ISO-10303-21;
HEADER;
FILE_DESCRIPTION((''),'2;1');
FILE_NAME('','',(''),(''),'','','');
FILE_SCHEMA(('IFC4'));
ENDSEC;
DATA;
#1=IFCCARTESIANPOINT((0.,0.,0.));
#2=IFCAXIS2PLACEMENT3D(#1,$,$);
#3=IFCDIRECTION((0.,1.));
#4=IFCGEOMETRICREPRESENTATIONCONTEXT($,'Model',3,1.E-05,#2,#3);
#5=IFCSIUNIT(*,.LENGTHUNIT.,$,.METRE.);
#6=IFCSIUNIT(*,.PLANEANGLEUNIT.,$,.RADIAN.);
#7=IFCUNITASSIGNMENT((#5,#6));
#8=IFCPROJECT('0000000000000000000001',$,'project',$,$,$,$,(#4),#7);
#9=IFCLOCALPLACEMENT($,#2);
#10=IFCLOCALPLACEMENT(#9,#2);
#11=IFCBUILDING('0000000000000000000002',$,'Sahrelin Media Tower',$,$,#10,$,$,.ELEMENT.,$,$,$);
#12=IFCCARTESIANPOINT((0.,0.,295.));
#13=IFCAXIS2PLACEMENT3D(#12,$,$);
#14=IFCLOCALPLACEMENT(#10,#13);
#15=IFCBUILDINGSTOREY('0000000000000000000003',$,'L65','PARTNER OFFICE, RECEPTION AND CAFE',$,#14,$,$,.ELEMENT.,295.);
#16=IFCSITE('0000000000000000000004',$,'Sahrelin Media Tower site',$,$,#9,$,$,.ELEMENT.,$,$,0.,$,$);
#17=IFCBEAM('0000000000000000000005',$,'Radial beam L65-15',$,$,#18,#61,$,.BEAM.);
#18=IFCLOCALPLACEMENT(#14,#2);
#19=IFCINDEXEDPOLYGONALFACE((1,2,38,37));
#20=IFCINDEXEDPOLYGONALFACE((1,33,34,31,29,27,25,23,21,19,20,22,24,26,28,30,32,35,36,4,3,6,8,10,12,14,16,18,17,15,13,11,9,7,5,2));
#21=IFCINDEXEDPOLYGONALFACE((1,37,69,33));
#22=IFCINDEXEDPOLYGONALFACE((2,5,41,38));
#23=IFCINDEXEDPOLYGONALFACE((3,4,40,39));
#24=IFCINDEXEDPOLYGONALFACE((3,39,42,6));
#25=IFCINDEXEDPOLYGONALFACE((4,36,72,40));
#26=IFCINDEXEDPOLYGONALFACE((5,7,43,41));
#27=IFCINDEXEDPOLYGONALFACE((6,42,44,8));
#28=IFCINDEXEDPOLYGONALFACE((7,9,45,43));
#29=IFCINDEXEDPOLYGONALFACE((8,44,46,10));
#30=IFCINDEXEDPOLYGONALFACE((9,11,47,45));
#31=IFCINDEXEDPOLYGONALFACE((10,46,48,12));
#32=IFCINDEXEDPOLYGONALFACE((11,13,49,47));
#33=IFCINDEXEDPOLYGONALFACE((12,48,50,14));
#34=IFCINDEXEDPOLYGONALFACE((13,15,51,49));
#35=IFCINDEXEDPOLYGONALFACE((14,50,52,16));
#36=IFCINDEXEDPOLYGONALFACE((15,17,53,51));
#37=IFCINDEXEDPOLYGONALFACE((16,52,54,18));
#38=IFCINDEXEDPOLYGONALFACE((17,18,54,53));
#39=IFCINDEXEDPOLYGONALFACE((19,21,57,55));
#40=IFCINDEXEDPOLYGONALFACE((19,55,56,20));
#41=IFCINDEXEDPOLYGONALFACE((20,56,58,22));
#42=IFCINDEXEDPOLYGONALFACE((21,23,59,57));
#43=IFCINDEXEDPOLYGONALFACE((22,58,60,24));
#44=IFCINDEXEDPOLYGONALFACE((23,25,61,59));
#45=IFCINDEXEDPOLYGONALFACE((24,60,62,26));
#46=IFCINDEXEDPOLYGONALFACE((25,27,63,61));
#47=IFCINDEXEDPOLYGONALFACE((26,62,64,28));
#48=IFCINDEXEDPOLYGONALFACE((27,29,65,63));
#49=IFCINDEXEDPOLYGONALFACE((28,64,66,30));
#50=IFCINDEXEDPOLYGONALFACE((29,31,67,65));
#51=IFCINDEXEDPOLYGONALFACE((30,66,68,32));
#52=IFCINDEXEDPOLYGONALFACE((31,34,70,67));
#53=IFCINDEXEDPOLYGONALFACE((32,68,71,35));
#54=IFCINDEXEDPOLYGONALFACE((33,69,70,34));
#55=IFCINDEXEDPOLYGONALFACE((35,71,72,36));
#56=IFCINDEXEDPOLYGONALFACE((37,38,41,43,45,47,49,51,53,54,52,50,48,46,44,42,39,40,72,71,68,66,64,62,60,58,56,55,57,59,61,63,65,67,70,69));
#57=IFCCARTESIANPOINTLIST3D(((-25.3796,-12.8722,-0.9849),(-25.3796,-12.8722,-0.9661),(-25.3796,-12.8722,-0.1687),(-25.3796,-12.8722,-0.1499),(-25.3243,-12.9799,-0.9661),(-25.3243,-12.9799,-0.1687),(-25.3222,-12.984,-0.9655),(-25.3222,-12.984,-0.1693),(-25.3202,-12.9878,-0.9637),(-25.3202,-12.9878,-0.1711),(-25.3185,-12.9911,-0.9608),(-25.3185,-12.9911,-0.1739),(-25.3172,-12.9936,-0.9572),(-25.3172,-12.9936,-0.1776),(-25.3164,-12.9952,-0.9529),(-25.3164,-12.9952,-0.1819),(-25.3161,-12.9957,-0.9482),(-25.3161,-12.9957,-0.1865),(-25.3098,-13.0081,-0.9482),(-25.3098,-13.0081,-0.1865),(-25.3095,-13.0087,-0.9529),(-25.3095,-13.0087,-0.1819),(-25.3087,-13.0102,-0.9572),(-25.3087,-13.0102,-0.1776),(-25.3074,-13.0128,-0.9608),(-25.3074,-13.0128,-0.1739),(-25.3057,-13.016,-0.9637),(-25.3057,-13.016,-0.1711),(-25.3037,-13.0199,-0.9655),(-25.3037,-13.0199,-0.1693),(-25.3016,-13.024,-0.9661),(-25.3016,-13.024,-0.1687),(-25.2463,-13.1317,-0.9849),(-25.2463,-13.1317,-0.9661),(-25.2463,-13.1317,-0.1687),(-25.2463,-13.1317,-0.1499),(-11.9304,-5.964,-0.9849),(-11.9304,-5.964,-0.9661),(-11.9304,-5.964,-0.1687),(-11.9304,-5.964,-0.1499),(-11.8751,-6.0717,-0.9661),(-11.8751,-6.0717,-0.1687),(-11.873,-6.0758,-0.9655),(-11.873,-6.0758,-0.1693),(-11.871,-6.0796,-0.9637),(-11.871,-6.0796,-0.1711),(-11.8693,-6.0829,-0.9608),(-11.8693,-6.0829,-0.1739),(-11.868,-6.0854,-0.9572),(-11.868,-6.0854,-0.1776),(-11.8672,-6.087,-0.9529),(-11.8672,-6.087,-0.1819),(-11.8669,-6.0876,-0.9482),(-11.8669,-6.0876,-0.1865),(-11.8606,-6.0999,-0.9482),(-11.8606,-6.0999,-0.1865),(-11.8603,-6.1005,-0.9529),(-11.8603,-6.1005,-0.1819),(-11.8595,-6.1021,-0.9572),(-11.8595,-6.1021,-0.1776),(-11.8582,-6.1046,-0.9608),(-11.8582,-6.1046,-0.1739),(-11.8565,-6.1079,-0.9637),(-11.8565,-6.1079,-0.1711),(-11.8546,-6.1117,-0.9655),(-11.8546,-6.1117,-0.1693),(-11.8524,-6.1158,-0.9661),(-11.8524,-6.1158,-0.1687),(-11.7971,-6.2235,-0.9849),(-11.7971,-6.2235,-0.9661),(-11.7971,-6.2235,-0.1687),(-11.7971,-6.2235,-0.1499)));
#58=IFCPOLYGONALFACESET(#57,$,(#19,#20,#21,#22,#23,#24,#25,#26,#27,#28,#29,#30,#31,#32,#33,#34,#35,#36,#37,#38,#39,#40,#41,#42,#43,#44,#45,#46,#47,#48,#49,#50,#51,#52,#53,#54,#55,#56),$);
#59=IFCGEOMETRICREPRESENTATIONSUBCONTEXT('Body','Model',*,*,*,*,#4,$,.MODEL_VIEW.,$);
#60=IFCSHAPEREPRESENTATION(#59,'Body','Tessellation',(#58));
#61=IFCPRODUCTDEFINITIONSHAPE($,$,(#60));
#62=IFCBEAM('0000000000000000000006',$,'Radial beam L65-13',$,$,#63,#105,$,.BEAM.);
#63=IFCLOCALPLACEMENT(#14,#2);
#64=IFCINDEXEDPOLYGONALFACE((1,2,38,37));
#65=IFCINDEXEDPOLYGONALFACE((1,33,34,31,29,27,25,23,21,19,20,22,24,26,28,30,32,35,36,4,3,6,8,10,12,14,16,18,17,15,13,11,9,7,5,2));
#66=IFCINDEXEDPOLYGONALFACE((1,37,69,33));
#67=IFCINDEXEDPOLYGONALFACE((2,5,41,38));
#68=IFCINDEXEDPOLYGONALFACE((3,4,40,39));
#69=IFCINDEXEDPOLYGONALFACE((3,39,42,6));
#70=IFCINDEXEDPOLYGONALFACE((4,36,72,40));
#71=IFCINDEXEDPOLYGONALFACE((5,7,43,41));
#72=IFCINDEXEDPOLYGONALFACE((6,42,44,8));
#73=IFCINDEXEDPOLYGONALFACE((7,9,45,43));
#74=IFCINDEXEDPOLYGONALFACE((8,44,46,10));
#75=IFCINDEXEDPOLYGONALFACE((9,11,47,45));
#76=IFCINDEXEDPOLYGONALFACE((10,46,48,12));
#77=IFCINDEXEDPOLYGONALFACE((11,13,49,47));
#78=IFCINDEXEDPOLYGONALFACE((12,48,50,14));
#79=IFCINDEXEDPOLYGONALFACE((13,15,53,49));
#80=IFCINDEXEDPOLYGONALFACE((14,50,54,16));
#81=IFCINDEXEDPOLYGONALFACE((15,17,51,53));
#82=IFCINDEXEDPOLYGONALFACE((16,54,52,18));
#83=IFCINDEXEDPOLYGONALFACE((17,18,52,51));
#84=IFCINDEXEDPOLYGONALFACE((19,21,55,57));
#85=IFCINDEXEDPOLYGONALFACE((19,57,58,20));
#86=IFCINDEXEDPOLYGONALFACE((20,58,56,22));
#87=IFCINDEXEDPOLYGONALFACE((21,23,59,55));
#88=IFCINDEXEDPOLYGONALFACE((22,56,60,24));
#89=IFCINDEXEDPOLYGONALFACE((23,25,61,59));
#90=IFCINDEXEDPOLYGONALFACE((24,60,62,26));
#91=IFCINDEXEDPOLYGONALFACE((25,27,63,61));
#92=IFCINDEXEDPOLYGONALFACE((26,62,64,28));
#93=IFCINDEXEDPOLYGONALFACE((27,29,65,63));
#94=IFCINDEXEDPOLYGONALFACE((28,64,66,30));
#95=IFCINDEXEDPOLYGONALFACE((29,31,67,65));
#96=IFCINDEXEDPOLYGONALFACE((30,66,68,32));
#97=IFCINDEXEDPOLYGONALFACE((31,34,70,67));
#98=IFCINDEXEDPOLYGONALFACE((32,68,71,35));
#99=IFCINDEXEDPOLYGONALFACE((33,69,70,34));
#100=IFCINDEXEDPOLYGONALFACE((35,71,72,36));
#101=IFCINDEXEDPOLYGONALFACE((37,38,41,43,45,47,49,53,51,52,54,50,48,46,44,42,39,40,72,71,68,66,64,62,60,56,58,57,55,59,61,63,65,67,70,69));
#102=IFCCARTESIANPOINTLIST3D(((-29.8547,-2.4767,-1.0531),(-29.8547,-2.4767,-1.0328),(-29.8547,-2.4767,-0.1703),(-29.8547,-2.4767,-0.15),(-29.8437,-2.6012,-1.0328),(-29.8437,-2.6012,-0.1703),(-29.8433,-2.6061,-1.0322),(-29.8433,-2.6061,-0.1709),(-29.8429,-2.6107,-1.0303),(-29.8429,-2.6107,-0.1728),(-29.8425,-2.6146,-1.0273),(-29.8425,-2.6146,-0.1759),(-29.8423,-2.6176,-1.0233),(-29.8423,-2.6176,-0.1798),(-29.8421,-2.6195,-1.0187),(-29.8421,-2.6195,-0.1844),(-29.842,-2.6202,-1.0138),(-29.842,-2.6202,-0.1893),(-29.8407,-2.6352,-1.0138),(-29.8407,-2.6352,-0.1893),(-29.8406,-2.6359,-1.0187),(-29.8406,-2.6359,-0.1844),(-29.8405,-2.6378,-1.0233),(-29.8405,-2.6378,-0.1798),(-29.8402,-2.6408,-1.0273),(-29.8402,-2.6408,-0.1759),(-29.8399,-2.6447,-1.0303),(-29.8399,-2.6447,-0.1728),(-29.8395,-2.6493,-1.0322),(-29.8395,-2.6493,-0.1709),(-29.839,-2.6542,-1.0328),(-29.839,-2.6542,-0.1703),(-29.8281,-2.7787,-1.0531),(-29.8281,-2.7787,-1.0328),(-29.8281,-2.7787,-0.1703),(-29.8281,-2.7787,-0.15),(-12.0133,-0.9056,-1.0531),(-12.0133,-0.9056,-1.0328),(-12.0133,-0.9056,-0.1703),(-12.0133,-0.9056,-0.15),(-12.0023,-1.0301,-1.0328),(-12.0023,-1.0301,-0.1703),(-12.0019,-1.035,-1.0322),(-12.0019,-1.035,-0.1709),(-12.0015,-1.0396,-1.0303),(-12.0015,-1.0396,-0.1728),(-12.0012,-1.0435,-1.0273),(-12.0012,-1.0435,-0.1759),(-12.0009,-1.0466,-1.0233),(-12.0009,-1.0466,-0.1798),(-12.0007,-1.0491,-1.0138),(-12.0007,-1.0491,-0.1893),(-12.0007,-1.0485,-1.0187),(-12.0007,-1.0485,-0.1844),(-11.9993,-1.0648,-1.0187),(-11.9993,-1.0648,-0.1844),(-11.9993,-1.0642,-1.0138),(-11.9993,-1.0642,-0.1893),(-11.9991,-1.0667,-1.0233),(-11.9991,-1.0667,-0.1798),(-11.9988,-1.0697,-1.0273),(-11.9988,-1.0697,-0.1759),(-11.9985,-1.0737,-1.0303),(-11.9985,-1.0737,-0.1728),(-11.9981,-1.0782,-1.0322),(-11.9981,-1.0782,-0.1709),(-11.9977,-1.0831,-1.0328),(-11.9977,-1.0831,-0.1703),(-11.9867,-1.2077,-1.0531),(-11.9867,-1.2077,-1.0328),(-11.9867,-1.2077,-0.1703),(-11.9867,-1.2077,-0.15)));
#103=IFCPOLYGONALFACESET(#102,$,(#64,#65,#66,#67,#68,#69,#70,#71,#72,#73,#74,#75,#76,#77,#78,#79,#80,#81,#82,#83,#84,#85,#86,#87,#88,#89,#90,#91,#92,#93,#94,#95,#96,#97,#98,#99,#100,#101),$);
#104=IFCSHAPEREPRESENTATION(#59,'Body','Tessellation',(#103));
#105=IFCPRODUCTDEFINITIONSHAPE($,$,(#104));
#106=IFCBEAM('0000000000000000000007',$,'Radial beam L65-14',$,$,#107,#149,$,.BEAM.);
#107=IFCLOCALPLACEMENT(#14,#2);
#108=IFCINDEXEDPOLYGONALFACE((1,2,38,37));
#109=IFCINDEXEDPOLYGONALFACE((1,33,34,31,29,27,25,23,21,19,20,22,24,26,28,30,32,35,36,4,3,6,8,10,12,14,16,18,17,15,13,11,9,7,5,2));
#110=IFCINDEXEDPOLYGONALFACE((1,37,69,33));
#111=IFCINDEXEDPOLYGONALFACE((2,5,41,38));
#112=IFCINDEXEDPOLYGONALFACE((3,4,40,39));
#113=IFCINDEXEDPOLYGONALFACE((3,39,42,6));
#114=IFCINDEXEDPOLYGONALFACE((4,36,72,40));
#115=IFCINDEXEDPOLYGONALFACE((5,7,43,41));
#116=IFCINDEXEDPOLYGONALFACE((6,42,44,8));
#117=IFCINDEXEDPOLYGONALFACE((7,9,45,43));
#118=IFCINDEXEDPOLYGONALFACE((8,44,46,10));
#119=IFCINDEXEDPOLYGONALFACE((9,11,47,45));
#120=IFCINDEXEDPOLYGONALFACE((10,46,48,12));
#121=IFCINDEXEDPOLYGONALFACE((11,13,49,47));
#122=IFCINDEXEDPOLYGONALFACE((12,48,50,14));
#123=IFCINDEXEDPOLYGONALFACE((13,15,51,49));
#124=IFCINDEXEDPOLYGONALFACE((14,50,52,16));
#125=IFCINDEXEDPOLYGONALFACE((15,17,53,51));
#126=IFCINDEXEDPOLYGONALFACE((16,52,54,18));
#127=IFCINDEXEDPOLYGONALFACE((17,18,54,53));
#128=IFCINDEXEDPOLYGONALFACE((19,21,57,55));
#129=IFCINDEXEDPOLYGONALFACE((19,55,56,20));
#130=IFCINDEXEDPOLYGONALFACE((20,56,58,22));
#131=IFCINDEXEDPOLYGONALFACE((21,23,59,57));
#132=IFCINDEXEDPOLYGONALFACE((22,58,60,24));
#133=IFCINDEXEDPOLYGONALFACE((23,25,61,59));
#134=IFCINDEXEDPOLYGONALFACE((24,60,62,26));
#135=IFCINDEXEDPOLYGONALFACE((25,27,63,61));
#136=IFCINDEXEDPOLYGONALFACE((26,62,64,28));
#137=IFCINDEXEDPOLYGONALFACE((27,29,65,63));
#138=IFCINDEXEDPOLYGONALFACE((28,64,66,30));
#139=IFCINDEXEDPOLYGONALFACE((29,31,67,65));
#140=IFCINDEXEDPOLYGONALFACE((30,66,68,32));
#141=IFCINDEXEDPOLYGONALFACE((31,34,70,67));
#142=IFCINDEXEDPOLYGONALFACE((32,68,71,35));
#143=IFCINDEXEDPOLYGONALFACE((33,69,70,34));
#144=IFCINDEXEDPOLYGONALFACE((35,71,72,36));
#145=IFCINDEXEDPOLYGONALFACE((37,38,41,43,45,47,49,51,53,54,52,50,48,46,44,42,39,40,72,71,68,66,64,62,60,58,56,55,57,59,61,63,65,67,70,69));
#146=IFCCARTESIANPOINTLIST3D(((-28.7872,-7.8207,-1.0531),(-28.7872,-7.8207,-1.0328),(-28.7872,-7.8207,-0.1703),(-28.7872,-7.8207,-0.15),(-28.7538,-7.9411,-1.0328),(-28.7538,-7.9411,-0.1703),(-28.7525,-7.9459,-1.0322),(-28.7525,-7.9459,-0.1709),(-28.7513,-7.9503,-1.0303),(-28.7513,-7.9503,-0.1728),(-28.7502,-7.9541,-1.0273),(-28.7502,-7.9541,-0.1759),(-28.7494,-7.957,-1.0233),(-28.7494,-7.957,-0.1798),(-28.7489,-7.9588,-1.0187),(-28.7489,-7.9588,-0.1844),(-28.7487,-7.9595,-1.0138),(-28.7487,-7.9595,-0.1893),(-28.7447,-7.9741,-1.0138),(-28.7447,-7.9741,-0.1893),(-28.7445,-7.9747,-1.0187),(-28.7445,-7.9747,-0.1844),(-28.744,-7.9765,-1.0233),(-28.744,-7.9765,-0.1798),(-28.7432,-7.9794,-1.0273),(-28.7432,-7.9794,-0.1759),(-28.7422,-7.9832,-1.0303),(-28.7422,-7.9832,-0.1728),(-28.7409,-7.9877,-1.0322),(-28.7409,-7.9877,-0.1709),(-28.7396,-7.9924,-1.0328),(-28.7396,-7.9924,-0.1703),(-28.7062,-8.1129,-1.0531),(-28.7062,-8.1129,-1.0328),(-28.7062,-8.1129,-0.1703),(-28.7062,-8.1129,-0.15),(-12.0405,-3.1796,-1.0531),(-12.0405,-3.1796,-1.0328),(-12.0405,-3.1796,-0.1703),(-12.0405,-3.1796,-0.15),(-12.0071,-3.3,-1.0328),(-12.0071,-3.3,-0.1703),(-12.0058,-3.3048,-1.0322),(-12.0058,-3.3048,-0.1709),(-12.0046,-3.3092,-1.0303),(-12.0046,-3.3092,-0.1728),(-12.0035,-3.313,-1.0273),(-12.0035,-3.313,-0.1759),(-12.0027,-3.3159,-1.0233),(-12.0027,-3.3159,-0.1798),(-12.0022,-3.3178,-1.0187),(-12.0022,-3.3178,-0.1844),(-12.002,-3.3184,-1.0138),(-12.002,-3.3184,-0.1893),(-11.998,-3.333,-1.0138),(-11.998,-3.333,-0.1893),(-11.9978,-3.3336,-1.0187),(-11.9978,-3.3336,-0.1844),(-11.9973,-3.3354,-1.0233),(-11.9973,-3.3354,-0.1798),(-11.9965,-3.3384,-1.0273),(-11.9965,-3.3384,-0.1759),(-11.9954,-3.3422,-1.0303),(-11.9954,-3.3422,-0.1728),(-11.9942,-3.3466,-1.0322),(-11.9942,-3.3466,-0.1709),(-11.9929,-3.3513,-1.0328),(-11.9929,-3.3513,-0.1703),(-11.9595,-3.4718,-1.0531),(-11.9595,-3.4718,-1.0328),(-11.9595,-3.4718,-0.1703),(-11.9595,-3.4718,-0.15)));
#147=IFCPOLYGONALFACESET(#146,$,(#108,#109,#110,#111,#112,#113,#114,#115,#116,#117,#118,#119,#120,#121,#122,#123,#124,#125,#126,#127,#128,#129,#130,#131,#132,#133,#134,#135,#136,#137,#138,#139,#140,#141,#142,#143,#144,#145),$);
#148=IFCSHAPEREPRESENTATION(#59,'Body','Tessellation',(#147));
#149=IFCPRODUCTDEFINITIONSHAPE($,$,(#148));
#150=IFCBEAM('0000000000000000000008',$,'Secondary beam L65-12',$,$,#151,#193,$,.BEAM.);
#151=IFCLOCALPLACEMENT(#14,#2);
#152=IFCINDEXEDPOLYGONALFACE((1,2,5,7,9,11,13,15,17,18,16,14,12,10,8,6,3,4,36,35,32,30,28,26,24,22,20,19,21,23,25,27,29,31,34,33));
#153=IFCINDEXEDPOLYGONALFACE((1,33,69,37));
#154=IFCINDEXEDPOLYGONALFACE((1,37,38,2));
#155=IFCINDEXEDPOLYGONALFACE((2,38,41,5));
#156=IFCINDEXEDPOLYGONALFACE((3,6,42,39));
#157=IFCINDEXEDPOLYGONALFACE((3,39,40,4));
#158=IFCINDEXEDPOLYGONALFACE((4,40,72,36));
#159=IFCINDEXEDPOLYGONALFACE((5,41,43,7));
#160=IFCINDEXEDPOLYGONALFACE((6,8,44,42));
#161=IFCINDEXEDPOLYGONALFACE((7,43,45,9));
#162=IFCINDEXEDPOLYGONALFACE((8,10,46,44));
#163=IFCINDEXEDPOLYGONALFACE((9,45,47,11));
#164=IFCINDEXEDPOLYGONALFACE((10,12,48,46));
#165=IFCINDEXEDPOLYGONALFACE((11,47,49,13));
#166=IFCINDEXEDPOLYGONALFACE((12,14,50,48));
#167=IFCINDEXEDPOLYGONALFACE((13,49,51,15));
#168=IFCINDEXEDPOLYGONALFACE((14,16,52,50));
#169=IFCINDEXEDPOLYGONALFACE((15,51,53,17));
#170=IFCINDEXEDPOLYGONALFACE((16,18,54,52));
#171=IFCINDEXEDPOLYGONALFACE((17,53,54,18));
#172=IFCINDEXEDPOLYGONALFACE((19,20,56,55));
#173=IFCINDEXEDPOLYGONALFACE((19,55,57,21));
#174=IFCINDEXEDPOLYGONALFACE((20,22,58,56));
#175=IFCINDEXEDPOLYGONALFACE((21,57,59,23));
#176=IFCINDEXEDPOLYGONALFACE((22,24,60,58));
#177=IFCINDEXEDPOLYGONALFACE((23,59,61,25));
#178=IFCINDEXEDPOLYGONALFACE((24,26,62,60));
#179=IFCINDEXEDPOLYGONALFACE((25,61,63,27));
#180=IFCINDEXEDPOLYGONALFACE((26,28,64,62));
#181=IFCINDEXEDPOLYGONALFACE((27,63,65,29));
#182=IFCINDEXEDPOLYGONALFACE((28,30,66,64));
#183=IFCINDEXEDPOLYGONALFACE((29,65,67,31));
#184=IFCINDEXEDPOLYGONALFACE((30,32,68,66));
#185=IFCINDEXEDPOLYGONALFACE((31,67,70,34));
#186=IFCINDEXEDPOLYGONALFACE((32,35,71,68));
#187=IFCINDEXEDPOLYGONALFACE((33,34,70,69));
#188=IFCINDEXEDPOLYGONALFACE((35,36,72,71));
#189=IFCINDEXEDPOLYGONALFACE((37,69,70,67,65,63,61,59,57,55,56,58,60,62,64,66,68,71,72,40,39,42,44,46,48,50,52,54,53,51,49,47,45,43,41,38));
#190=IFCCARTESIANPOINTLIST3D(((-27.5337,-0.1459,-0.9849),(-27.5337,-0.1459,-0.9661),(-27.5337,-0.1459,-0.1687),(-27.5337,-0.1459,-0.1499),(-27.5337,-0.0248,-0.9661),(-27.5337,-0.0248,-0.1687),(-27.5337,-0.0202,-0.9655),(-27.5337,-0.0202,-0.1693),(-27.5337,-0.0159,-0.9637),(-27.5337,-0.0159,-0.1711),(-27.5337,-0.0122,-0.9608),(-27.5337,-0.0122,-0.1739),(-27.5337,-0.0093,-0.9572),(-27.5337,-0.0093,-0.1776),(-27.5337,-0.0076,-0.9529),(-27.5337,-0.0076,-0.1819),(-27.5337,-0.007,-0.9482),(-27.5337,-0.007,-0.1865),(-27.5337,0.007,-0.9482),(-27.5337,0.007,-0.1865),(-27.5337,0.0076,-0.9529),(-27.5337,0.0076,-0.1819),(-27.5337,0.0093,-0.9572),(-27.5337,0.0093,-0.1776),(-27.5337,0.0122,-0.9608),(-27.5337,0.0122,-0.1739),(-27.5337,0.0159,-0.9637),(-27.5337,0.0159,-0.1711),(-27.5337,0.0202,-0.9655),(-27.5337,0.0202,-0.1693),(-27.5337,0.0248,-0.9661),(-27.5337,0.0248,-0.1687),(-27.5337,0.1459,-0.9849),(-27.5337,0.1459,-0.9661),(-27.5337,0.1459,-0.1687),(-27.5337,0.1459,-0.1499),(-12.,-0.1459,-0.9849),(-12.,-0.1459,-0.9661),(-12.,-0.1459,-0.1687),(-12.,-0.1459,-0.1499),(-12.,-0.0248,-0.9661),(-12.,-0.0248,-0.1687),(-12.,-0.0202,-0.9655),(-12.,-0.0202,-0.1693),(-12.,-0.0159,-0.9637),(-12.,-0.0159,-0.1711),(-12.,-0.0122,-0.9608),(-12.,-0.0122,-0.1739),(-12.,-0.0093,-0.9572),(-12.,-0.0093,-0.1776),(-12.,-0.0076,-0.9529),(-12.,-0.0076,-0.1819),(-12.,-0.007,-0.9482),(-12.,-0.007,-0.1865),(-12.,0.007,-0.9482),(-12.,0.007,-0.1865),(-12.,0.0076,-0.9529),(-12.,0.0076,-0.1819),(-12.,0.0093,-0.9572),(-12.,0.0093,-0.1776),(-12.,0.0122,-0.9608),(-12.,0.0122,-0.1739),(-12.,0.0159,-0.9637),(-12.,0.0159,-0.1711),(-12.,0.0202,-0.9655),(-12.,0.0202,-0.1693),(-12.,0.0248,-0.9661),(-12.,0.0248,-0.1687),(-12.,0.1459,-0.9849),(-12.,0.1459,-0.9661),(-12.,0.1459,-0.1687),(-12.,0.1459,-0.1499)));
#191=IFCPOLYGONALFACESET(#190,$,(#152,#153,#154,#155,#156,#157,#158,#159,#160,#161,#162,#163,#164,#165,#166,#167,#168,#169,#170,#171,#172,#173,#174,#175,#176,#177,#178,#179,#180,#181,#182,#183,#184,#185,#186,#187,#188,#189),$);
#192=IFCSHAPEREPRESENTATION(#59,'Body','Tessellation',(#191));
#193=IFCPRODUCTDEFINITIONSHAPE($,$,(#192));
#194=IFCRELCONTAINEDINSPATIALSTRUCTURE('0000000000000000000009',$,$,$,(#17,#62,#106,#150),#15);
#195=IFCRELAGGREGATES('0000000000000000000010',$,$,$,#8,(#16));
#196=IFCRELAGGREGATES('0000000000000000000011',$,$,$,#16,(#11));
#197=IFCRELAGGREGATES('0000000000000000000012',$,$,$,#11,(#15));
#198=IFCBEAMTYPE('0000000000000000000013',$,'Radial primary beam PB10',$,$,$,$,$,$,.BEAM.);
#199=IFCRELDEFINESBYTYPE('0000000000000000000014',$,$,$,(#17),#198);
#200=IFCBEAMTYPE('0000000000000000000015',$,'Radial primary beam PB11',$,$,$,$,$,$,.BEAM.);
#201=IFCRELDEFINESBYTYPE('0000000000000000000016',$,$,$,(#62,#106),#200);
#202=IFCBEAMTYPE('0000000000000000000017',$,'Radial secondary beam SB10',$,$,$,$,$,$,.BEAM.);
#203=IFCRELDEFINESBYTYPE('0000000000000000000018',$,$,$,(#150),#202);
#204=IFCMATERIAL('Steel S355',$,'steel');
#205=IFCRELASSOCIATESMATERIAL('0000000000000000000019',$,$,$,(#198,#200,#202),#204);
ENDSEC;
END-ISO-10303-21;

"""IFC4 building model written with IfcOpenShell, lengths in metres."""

from ifc_helpers import new_model, si_unit, direction, frame, origin, origin_2d, place, context, subcontext, project, spatial, i_section, extrude, material, material_profile, profile_set, type_object, element, save


model = new_model("IFC4")

# Units and contexts
model_context = context("Model", 3, precision=1e-05, world=origin(), true_north=direction((0.0, 1.0)))
body_context = subcontext(model_context, "Body", "Model", "MODEL_VIEW")
ifc_project = project(units=[si_unit("LENGTHUNIT", "METRE"), si_unit("PLANEANGLEUNIT", "RADIAN")], contexts=[model_context])

# Site, building, storey
site_placement = place(None, origin())
site = spatial("IfcSite", under=ifc_project, at=site_placement, Name="Sahrelin Media Tower site", CompositionType="ELEMENT", RefElevation=0.0)
building_placement = place(site_placement, origin())
building = spatial("IfcBuilding", under=site, at=building_placement, Name="Sahrelin Media Tower", CompositionType="ELEMENT")
storey_placement = place(building_placement, frame((0.0, 0.0, 295.0)))
storey = spatial("IfcBuildingStorey", under=building, at=storey_placement, Name="L65", Description="PARTNER OFFICE, RECEPTION AND CAFE", CompositionType="ELEMENT", Elevation=295.0)

# Beams
ifc_material_1 = material(Name="Steel S355", Category="steel")
ifc_material_profile_1 = material_profile(ifc_material_1, i_section(OverallWidth=0.2917, OverallDepth=0.835, WebThickness=0.0139, FlangeThickness=0.0188, FilletRadius=0.0178, at=origin_2d()), Name="UB 838x292x176")
ifc_profile_set_1 = profile_set([ifc_material_profile_1], Name="Steel S355")
beam_type_1 = type_object("IfcBeamType", Name="Radial primary beam PB10", PredefinedType="BEAM", material=ifc_profile_set_1)
beam_1_placement = place(storey_placement, frame((-11.8638, -6.0938, -0.5674), z_axis=(-0.889517, -0.456901, 0.0), x_axis=(0.456901, -0.889517, 0.0)))
element("IfcBeam", 1, at=beam_1_placement, inside=storey, type_object=beam_type_1, Name="Radial beam L65-15", PredefinedType="BEAM", context=body_context, shape_type="SweptSolid", body=[
    extrude(i_section(OverallWidth=0.2917, OverallDepth=0.835, WebThickness=0.0139, FlangeThickness=0.0188, FilletRadius=0.0178, at=origin_2d()), origin(), (0.0, 0.0, 1.0), 15.1196),
])
ifc_material_profile_2 = material_profile(ifc_material_1, i_section(OverallWidth=0.3032, OverallDepth=0.9031, WebThickness=0.0151, FlangeThickness=0.0203, FilletRadius=0.019, at=origin_2d()), Name="UB 914x305x201")
ifc_profile_set_2 = profile_set([ifc_material_profile_2], Name="Steel S355")
beam_type_2 = type_object("IfcBeamType", Name="Radial primary beam PB11", PredefinedType="BEAM", material=ifc_profile_set_2)
beam_2_placement = place(storey_placement, frame((-12.0, -1.0566, -0.6016), z_axis=(-0.996145, -0.087717, 0.0), x_axis=(0.087717, -0.996145, 0.0)))
element("IfcBeam", 2, at=beam_2_placement, inside=storey, type_object=beam_type_2, Name="Radial beam L65-13", PredefinedType="BEAM", context=body_context, shape_type="SweptSolid", body=[
    extrude(i_section(OverallWidth=0.3032, OverallDepth=0.9031, WebThickness=0.0151, FlangeThickness=0.0203, FilletRadius=0.019, at=origin_2d()), origin(), (0.0, 0.0, 1.0), 17.9104),
])
beam_3_placement = place(storey_placement, frame((-12.0, -3.3257, -0.6016), z_axis=(-0.963678, -0.267068, 0.0), x_axis=(0.267068, -0.963678, 0.0)))
element("IfcBeam", 3, at=beam_3_placement, inside=storey, type_object=beam_type_2, Name="Radial beam L65-14", PredefinedType="BEAM", context=body_context, shape_type="SweptSolid", body=[
    extrude(i_section(OverallWidth=0.3032, OverallDepth=0.9031, WebThickness=0.0151, FlangeThickness=0.0203, FilletRadius=0.019, at=origin_2d()), origin(), (0.0, 0.0, 1.0), 17.3779),
])
ifc_material_profile_3 = material_profile(ifc_material_1, i_section(OverallWidth=0.2917, OverallDepth=0.835, WebThickness=0.0139, FlangeThickness=0.0188, FilletRadius=0.0178, at=origin_2d()), Name="UB 838x292x176")
ifc_profile_set_3 = profile_set([ifc_material_profile_3], Name="Steel S355")
beam_type_3 = type_object("IfcBeamType", Name="Radial secondary beam SB10", PredefinedType="BEAM", material=ifc_profile_set_3)
beam_4_placement = place(storey_placement, frame((-12.0, 0.0, -0.5674), z_axis=(-1.0, 0.0, 0.0), x_axis=(0.0, -1.0, 0.0)))
element("IfcBeam", 4, at=beam_4_placement, inside=storey, type_object=beam_type_3, Name="Secondary beam L65-12", PredefinedType="BEAM", context=body_context, shape_type="SweptSolid", body=[
    extrude(i_section(OverallWidth=0.2917, OverallDepth=0.835, WebThickness=0.0139, FlangeThickness=0.0188, FilletRadius=0.0178, at=origin_2d()), origin(), (0.0, 0.0, 1.0), 15.5337),
])

save(model, "model.ifc")
